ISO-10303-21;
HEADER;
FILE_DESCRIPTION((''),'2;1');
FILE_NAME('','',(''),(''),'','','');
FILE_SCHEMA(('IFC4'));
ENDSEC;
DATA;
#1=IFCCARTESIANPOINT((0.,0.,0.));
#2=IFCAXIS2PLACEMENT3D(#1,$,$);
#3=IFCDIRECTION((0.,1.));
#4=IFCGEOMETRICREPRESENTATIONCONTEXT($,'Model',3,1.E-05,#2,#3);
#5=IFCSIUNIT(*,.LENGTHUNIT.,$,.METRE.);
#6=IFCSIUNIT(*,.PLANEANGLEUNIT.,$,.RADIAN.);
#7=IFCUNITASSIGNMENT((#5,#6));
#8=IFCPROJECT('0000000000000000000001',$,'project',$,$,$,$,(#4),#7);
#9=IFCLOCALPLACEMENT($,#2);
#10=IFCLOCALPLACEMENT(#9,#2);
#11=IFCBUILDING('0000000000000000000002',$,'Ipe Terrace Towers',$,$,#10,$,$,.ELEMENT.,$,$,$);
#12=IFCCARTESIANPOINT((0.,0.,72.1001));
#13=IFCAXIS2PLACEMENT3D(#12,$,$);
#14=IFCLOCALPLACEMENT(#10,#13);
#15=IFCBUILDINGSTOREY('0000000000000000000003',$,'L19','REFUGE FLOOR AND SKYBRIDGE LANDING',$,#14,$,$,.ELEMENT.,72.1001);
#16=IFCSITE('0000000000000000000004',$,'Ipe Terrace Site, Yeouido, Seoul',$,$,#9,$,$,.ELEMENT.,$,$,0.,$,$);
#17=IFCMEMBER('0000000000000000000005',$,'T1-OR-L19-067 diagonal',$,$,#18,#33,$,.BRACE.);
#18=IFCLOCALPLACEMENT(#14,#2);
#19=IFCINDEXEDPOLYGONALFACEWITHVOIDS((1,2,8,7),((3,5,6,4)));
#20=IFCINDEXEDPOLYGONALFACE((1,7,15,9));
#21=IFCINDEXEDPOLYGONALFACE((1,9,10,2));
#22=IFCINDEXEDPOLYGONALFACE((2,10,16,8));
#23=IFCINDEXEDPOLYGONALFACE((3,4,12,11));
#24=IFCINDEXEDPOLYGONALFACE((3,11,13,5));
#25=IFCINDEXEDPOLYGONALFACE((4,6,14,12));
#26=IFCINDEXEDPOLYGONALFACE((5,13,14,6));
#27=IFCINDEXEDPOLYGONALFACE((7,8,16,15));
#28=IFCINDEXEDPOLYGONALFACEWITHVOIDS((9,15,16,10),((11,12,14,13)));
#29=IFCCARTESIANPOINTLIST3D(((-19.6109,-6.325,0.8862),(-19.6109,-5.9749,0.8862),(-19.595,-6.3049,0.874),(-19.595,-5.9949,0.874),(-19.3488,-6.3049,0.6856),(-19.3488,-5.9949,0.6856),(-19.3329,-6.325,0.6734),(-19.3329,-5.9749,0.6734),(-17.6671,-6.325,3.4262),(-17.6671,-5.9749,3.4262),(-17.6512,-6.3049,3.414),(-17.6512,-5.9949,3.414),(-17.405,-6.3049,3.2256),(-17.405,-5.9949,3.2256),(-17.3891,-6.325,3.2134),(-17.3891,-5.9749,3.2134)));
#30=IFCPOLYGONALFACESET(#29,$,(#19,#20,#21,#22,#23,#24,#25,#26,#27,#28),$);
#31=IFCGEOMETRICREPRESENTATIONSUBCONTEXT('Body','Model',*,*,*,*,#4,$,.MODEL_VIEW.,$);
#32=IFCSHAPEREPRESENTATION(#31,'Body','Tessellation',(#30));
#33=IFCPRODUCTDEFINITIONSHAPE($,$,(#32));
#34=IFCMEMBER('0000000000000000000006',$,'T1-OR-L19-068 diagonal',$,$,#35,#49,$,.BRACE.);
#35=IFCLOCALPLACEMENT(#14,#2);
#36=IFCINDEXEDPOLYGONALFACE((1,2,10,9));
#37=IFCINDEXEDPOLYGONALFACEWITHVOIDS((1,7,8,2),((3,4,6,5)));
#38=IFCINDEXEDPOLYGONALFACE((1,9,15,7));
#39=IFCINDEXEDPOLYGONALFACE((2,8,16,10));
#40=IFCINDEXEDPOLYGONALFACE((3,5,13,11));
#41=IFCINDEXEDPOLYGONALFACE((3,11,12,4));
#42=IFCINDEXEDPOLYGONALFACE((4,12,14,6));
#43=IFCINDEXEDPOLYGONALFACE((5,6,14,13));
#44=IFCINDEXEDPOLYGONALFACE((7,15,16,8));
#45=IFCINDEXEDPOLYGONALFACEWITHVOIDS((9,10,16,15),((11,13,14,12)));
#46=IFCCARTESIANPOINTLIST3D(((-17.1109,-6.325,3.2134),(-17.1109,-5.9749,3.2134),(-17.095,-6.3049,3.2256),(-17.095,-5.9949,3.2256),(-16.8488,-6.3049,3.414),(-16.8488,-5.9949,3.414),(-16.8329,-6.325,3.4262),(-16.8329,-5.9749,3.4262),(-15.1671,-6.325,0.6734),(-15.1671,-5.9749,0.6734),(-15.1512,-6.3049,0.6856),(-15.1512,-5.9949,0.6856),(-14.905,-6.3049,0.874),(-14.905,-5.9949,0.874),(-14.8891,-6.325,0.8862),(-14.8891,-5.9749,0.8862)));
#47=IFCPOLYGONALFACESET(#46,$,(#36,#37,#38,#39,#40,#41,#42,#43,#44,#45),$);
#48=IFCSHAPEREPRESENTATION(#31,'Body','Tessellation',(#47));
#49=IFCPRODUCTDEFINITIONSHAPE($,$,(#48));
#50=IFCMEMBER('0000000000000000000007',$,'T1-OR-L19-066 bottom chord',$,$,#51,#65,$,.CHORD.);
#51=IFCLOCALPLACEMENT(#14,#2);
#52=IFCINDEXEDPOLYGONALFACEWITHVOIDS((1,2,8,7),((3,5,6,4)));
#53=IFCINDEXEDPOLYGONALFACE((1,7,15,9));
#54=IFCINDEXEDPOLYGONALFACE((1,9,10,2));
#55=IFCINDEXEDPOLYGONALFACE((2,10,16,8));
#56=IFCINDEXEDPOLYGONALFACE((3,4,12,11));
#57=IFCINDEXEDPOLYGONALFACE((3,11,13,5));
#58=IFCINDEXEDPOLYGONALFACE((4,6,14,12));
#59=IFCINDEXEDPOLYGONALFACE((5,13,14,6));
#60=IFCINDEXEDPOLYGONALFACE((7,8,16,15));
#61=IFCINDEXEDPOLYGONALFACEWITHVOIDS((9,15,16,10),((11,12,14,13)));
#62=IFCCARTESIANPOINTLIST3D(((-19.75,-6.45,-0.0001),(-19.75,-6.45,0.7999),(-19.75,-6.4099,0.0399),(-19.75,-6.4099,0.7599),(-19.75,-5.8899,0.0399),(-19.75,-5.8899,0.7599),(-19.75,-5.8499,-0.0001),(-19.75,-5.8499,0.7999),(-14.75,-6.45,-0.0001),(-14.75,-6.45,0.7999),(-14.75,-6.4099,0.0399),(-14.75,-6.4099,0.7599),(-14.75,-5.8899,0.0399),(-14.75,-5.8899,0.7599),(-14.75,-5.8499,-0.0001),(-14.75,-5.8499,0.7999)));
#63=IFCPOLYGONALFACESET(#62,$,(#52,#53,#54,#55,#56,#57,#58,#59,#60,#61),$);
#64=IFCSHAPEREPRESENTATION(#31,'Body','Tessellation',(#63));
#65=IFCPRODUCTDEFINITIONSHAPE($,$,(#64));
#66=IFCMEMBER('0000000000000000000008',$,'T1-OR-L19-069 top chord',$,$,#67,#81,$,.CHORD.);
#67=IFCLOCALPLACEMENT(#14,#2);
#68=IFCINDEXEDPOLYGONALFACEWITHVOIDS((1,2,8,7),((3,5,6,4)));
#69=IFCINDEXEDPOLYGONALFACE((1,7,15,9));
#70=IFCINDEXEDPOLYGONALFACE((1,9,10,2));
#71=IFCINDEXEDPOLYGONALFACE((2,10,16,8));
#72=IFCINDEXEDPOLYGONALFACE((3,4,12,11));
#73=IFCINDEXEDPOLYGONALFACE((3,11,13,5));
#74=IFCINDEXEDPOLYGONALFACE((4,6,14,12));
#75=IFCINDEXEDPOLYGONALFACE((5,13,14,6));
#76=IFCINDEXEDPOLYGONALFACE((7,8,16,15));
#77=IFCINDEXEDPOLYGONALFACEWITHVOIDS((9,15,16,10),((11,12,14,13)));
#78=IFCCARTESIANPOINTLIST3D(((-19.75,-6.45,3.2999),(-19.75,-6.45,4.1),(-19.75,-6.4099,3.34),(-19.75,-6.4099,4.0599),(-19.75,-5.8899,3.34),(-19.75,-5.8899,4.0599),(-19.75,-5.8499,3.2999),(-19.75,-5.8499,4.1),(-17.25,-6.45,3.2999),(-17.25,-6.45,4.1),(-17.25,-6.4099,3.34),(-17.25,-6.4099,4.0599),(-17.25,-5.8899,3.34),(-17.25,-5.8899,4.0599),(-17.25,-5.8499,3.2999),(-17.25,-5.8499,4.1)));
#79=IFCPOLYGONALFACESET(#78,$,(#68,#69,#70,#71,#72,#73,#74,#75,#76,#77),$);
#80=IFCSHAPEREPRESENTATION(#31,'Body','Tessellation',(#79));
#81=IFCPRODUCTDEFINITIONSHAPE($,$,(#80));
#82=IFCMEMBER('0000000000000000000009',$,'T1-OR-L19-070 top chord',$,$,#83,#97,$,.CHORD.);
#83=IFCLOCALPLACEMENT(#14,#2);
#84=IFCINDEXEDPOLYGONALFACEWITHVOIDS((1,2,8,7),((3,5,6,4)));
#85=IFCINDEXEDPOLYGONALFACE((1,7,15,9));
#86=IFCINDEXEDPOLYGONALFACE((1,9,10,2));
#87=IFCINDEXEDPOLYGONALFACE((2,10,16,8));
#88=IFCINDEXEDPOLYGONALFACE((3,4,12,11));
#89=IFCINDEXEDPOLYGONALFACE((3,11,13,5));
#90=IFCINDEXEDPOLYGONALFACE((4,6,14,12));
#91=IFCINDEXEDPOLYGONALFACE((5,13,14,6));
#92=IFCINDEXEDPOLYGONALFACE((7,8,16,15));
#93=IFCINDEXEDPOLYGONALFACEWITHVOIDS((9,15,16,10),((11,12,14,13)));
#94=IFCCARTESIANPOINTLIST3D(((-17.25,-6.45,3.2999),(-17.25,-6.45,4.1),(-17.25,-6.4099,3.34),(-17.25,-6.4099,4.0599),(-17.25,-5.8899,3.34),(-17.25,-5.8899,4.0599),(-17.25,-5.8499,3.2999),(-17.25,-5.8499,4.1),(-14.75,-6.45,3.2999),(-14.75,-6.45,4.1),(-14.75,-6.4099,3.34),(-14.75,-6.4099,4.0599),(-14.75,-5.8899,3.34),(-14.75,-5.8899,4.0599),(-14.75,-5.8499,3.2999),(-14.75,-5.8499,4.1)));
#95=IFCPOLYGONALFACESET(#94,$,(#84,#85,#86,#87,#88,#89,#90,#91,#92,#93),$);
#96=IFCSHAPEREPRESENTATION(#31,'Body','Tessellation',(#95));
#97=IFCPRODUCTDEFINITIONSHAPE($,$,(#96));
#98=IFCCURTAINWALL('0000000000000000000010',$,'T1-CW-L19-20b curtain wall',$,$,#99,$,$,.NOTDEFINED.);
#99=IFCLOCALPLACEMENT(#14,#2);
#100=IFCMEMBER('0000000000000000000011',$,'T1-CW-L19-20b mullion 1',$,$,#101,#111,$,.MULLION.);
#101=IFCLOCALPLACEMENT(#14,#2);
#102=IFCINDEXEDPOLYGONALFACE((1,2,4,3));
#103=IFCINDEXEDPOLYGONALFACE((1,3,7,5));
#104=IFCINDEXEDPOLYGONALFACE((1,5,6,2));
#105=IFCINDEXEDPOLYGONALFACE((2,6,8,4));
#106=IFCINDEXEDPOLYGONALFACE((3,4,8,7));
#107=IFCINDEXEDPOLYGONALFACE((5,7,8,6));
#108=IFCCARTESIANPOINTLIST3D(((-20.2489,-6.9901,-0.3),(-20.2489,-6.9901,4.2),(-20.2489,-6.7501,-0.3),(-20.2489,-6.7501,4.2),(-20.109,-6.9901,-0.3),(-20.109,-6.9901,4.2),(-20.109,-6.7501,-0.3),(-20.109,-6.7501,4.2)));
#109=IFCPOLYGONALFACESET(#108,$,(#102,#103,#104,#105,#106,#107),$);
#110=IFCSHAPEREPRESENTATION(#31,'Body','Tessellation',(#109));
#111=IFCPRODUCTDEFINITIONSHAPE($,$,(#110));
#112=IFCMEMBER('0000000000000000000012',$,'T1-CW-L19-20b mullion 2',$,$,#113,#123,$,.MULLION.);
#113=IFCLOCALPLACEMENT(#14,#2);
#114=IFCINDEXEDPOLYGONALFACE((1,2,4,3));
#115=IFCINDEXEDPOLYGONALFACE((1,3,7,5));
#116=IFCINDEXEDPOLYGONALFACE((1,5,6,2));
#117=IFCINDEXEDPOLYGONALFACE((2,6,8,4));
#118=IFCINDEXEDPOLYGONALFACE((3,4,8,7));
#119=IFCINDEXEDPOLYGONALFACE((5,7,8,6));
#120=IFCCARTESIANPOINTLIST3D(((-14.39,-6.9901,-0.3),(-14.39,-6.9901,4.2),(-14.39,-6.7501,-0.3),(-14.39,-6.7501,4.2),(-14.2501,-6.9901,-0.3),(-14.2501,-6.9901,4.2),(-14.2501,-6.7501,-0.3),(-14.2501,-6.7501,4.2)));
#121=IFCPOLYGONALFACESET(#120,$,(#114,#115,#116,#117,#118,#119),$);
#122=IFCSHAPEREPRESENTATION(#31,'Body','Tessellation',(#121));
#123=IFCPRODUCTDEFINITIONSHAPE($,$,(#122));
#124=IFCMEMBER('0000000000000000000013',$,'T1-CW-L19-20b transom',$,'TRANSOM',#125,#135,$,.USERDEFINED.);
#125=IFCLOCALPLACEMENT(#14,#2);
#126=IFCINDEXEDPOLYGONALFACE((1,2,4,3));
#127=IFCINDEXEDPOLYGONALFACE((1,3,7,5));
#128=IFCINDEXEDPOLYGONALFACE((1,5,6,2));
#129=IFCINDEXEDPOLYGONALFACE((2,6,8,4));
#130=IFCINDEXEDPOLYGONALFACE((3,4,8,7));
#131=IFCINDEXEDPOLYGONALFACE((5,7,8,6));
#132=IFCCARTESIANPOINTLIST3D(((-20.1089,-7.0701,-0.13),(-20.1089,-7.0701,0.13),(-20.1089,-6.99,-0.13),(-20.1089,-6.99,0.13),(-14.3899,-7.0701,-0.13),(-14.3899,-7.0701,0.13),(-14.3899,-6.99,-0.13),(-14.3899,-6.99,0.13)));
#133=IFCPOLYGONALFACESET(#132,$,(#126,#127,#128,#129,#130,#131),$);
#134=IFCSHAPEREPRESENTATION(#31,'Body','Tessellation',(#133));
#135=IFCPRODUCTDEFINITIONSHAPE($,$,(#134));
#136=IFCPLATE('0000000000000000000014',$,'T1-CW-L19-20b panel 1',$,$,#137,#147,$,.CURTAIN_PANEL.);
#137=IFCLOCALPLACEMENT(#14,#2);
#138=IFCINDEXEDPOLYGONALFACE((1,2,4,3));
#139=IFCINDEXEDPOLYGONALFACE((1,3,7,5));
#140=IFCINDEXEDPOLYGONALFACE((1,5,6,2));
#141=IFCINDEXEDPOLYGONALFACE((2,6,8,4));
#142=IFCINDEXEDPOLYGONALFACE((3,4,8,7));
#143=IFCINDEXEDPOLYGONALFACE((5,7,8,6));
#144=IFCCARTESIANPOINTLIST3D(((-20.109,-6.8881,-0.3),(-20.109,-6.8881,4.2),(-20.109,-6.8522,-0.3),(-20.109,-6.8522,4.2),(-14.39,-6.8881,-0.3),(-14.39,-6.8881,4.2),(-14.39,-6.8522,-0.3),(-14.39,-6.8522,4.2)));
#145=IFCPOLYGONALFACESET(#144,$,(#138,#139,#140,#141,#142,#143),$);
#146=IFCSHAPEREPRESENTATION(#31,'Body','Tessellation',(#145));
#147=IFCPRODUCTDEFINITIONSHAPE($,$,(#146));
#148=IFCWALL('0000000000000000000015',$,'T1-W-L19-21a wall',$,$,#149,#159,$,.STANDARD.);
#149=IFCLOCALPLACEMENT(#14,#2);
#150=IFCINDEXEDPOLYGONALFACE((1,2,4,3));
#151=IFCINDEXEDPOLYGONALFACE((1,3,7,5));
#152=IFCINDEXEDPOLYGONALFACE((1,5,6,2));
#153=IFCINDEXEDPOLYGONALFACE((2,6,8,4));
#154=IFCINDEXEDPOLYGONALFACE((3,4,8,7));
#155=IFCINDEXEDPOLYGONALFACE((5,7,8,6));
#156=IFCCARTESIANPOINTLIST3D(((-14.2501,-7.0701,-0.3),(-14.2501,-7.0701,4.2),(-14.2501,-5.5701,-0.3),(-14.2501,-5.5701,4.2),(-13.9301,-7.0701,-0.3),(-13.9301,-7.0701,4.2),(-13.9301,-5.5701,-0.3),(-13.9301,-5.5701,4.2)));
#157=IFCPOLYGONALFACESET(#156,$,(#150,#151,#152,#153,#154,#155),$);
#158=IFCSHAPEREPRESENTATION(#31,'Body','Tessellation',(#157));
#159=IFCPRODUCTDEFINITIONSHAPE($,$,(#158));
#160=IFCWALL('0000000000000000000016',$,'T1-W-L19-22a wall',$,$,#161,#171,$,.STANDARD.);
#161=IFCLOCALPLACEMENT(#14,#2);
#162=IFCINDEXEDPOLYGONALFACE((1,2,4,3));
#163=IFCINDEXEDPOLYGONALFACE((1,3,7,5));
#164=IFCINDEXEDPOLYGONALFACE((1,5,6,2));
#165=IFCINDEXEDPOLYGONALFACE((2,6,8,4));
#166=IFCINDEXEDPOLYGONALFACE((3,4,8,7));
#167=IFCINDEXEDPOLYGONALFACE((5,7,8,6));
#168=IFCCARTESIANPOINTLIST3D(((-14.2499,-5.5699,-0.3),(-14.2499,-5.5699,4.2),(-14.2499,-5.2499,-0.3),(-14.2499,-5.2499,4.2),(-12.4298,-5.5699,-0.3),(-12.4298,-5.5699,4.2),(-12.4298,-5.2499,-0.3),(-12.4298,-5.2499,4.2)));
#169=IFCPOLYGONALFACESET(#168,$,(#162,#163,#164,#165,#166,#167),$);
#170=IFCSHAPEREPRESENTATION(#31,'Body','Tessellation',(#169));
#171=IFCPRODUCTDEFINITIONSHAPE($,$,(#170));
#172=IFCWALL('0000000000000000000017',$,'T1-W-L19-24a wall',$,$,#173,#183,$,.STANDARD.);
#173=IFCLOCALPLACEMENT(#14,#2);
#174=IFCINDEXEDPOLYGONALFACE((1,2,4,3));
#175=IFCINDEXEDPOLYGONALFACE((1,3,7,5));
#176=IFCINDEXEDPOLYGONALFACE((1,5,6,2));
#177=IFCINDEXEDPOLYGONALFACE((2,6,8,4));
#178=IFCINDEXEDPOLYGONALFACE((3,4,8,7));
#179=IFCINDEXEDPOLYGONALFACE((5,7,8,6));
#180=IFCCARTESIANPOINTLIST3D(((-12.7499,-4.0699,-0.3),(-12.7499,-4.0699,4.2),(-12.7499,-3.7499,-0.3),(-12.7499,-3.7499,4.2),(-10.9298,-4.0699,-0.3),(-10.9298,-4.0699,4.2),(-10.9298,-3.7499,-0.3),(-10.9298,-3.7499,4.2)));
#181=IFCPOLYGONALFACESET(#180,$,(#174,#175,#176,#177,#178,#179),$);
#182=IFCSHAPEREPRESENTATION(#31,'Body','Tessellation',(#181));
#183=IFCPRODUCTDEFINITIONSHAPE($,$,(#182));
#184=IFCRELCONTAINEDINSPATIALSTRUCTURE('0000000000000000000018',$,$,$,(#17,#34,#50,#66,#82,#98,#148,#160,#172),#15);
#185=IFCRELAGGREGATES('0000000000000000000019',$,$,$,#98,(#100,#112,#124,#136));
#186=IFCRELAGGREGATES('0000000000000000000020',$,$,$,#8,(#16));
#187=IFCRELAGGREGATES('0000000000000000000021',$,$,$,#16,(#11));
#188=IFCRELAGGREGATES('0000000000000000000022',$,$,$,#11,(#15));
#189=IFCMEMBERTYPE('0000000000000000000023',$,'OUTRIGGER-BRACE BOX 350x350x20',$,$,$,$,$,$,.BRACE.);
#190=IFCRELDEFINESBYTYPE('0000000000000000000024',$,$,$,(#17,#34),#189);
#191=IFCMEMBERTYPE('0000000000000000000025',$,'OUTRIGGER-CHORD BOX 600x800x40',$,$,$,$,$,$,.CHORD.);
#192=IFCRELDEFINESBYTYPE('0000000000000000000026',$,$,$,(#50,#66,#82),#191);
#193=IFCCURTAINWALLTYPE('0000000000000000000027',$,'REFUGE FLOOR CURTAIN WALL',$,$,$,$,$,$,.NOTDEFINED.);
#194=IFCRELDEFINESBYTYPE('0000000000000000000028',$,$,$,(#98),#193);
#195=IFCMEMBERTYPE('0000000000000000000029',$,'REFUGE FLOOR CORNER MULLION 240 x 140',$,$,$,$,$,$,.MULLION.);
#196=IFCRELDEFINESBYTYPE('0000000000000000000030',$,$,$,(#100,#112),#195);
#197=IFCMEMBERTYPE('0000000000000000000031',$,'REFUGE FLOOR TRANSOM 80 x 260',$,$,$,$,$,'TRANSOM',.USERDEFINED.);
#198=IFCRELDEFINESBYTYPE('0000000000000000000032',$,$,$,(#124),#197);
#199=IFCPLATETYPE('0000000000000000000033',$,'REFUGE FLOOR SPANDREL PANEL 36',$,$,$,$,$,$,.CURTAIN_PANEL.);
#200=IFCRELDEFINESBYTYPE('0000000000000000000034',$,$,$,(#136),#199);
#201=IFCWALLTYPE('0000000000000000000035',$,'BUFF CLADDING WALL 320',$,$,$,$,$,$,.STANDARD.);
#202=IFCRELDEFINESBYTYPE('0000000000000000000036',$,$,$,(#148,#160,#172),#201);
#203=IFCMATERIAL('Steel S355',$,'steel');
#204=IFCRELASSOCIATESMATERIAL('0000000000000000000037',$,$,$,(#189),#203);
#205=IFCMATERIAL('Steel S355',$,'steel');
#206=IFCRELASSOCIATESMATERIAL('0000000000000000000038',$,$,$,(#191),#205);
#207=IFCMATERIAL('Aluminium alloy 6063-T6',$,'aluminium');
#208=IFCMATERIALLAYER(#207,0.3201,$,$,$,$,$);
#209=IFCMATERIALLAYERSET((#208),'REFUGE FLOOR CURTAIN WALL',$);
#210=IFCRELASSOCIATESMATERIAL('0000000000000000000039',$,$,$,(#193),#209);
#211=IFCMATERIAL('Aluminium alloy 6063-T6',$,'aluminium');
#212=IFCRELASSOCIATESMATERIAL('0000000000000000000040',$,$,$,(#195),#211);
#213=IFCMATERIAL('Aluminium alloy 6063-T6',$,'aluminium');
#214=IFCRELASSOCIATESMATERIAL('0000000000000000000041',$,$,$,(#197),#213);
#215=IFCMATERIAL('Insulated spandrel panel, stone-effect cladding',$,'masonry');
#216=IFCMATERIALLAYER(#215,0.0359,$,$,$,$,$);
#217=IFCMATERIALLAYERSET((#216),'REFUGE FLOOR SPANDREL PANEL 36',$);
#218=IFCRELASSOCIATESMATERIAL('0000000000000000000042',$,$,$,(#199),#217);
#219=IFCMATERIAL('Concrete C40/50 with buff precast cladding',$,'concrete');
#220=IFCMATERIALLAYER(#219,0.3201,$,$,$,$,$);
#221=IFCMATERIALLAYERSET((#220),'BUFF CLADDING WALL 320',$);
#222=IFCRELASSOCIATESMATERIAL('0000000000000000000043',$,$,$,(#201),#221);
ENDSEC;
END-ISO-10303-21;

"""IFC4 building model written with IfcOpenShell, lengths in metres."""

from ifc_helpers import new_model, si_unit, direction, frame, frame_2d, origin, origin_2d, place, context, subcontext, project, spatial, rectangle, hollow_rectangle, extrude, material, layer, layer_set, material_profile, profile_set, type_object, element, aggregate, save


model = new_model("IFC4")

# Units and contexts
model_context = context("Model", 3, precision=1e-05, world=origin(), true_north=direction((0.0, 1.0)))
body_context = subcontext(model_context, "Body", "Model", "MODEL_VIEW")
ifc_project = project(units=[si_unit("LENGTHUNIT", "METRE"), si_unit("PLANEANGLEUNIT", "RADIAN")], contexts=[model_context])

# Site, building, storey
site_placement = place(None, origin())
site = spatial("IfcSite", under=ifc_project, at=site_placement, Name="Ipe Terrace Site, Yeouido, Seoul", CompositionType="ELEMENT", RefElevation=0.0)
building_placement = place(site_placement, origin())
building = spatial("IfcBuilding", under=site, at=building_placement, Name="Ipe Terrace Towers", CompositionType="ELEMENT")
storey_placement = place(building_placement, frame((0.0, 0.0, 72.1001)))
storey = spatial("IfcBuildingStorey", under=building, at=storey_placement, Name="L19", Description="REFUGE FLOOR AND SKYBRIDGE LANDING", CompositionType="ELEMENT", Elevation=72.1001)

# Members
ifc_material_1 = material(Name="Steel S355", Category="steel")
ifc_material_profile_1 = material_profile(ifc_material_1, hollow_rectangle(XDim=0.3501, YDim=0.3501, WallThickness=0.02, at=origin_2d()), Name="OUTRIGGER-BRACE BOX 350x350x20")
ifc_profile_set_1 = profile_set([ifc_material_profile_1], Name="Steel S355")
member_type_1 = type_object("IfcMemberType", Name="OUTRIGGER-BRACE BOX 350x350x20", PredefinedType="BRACE", material=ifc_profile_set_1)
for number, where, z_axis, x_axis, name in (
    (1, (-19.4719, -6.1499, 0.7798), (0.607739, 0.0, 0.794137), (0.0, 1.0, 0.0), "T1-OR-L19-067 diagonal"),
    (2, (-15.0281, -6.1499, 0.7798), (-0.607739, 0.0, 0.794137), (0.0, -1.0, 0.0), "T1-OR-L19-068 diagonal"),
):
    element("IfcMember", number, at=place(storey_placement, frame(where, z_axis=z_axis, x_axis=x_axis)), inside=storey, type_object=member_type_1, Name=name, PredefinedType="BRACE", context=body_context, shape_type="SweptSolid", body=[
        extrude(hollow_rectangle(XDim=0.3501, YDim=0.3501, WallThickness=0.02, at=origin_2d()), origin(), (0.0, 0.0, 1.0), 3.1985),
    ])
ifc_material_2 = material(Name="Steel S355", Category="steel")
ifc_material_profile_2 = material_profile(ifc_material_2, hollow_rectangle(XDim=0.6001, YDim=0.8, WallThickness=0.04, at=origin_2d()), Name="OUTRIGGER-CHORD BOX 600x800x40")
ifc_profile_set_2 = profile_set([ifc_material_profile_2], Name="Steel S355")
member_type_2 = type_object("IfcMemberType", Name="OUTRIGGER-CHORD BOX 600x800x40", PredefinedType="CHORD", material=ifc_profile_set_2)
member_1_placement = place(storey_placement, frame((-19.75, -6.1499, 0.3999), z_axis=(1.0, 0.0, 0.0), x_axis=(0.0, 1.0, 0.0)))
element("IfcMember", 3, at=member_1_placement, inside=storey, type_object=member_type_2, Name="T1-OR-L19-066 bottom chord", PredefinedType="CHORD", context=body_context, shape_type="SweptSolid", body=[
    extrude(hollow_rectangle(XDim=0.6001, YDim=0.8, WallThickness=0.04, at=origin_2d()), origin(), (0.0, 0.0, 1.0), 5.0),
])
for number, where, z_axis, x_axis, name in (
    (4, (-19.75, -6.1499, 3.7), (1.0, 0.0, 0.0), (0.0, 1.0, 0.0), "T1-OR-L19-069 top chord"),
    (5, (-17.25, -6.1499, 3.7), (1.0, 0.0, 0.0), (0.0, 1.0, 0.0), "T1-OR-L19-070 top chord"),
):
    element("IfcMember", number, at=place(storey_placement, frame(where, z_axis=z_axis, x_axis=x_axis)), inside=storey, type_object=member_type_2, Name=name, PredefinedType="CHORD", context=body_context, shape_type="SweptSolid", body=[
        extrude(hollow_rectangle(XDim=0.6001, YDim=0.8, WallThickness=0.04, at=origin_2d()), origin(), (0.0, 0.0, 1.0), 2.5),
    ])

# Curtain wall, members, plate
ifc_material_3 = material(Name="Aluminium alloy 6063-T6", Category="aluminium")
ifc_layer_1 = layer(ifc_material_3, 0.3201)
ifc_layer_set_1 = layer_set([ifc_layer_1], Name="REFUGE FLOOR CURTAIN WALL")
curtain_wall_type = type_object("IfcCurtainWallType", Name="REFUGE FLOOR CURTAIN WALL", PredefinedType="NOTDEFINED", material=ifc_layer_set_1)
curtain_wall_placement = place(storey_placement, origin())
curtain_wall = element("IfcCurtainWall", 6, at=curtain_wall_placement, inside=storey, type_object=curtain_wall_type, Name="T1-CW-L19-20b curtain wall", PredefinedType="NOTDEFINED")
ifc_material_4 = material(Name="Aluminium alloy 6063-T6", Category="aluminium")
ifc_material_profile_3 = material_profile(ifc_material_4, rectangle(XDim=0.24, YDim=0.1399, at=origin_2d()), Name="REFUGE FLOOR CORNER MULLION 240 x 140")
ifc_profile_set_3 = profile_set([ifc_material_profile_3], Name="Aluminium alloy 6063-T6")
member_type_3 = type_object("IfcMemberType", Name="REFUGE FLOOR CORNER MULLION 240 x 140", PredefinedType="MULLION", material=ifc_profile_set_3)
member_2_placement = place(storey_placement, frame((-20.179, -6.8701, -0.3), z_axis=(0.0, 0.0, 1.0), x_axis=(0.0, -1.0, 0.0)))
member_2 = element("IfcMember", 7, at=member_2_placement, type_object=member_type_3, Name="T1-CW-L19-20b mullion 1", PredefinedType="MULLION", context=body_context, shape_type="SweptSolid", body=[
    extrude(rectangle(XDim=0.24, YDim=0.1399, at=origin_2d()), origin(), (0.0, 0.0, 1.0), 4.5),
])
member_3_placement = place(storey_placement, frame((-14.3201, -6.8701, -0.3), z_axis=(0.0, 0.0, 1.0), x_axis=(0.0, -1.0, 0.0)))
member_3 = element("IfcMember", 8, at=member_3_placement, type_object=member_type_3, Name="T1-CW-L19-20b mullion 2", PredefinedType="MULLION", context=body_context, shape_type="SweptSolid", body=[
    extrude(rectangle(XDim=0.24, YDim=0.1399, at=origin_2d()), origin(), (0.0, 0.0, 1.0), 4.5),
])
ifc_material_5 = material(Name="Aluminium alloy 6063-T6", Category="aluminium")
ifc_material_profile_4 = material_profile(ifc_material_5, rectangle(XDim=0.0801, YDim=0.26, at=origin_2d()), Name="REFUGE FLOOR TRANSOM 80 x 260")
ifc_profile_set_4 = profile_set([ifc_material_profile_4], Name="Aluminium alloy 6063-T6")
member_type_4 = type_object("IfcMemberType", Name="REFUGE FLOOR TRANSOM 80 x 260", ElementType="TRANSOM", PredefinedType="USERDEFINED", material=ifc_profile_set_4)
member_4_placement = place(storey_placement, frame((-20.1089, -7.03, 0.0), z_axis=(1.0, 0.0, 0.0), x_axis=(0.0, -1.0, 0.0)))
member_4 = element("IfcMember", 9, at=member_4_placement, type_object=member_type_4, Name="T1-CW-L19-20b transom", ObjectType="TRANSOM", PredefinedType="USERDEFINED", context=body_context, shape_type="SweptSolid", body=[
    extrude(rectangle(XDim=0.0801, YDim=0.26, at=origin_2d()), origin(), (0.0, 0.0, 1.0), 5.719),
])
ifc_material_6 = material(Name="Insulated spandrel panel, stone-effect cladding", Category="masonry")
ifc_layer_2 = layer(ifc_material_6, 0.0359)
ifc_layer_set_2 = layer_set([ifc_layer_2], Name="REFUGE FLOOR SPANDREL PANEL 36")
plate_type = type_object("IfcPlateType", Name="REFUGE FLOOR SPANDREL PANEL 36", PredefinedType="CURTAIN_PANEL", material=ifc_layer_set_2)
plate_placement = place(storey_placement, frame((-17.2495, -6.8701, -0.3), z_axis=(0.0, 0.0, 1.0), x_axis=(1.0, 0.0, 0.0)))
plate = element("IfcPlate", 10, at=plate_placement, type_object=plate_type, Name="T1-CW-L19-20b panel 1", PredefinedType="CURTAIN_PANEL", context=body_context, shape_type="SweptSolid", body=[
    extrude(rectangle(XDim=5.719, YDim=0.0359, at=origin_2d()), origin(), (0.0, 0.0, 1.0), 4.5),
])
aggregate(curtain_wall, [member_2, member_3, member_4, plate])

# Walls
ifc_material_7 = material(Name="Concrete C40/50 with buff precast cladding", Category="concrete")
ifc_layer_3 = layer(ifc_material_7, 0.3201)
ifc_layer_set_3 = layer_set([ifc_layer_3], Name="BUFF CLADDING WALL 320")
wall_type_1 = type_object("IfcWallType", Name="BUFF CLADDING WALL 320", PredefinedType="STANDARD", material=ifc_layer_set_3)
wall_1_placement = place(storey_placement, frame((-14.0901, -7.0701, -0.3), z_axis=(0.0, 0.0, 1.0), x_axis=(0.0, 1.0, 0.0)))
element("IfcWall", 11, at=wall_1_placement, inside=storey, type_object=wall_type_1, Name="T1-W-L19-21a wall", PredefinedType="STANDARD", context=body_context, shape_type="SweptSolid", body=[
    extrude(rectangle(XDim=1.5, YDim=0.3201, at=frame_2d((0.75, 0.0))), origin(), (0.0, 0.0, 1.0), 4.5),
])
for number, where, z_axis, x_axis, name in (
    (12, (-14.25, -5.4099, -0.3), (0.0, 0.0, 1.0), (1.0, 0.0, 0.0), "T1-W-L19-22a wall"),
    (13, (-12.75, -3.9099, -0.3), (0.0, 0.0, 1.0), (1.0, 0.0, 0.0), "T1-W-L19-24a wall"),
):
    element("IfcWall", number, at=place(storey_placement, frame(where, z_axis=z_axis, x_axis=x_axis)), inside=storey, type_object=wall_type_1, Name=name, PredefinedType="STANDARD", context=body_context, shape_type="SweptSolid", body=[
        extrude(rectangle(XDim=1.8201, YDim=0.3201, at=frame_2d((0.9102, 0.0))), origin(), (0.0, 0.0, 1.0), 4.5),
    ])

save(model, "model.ifc")
